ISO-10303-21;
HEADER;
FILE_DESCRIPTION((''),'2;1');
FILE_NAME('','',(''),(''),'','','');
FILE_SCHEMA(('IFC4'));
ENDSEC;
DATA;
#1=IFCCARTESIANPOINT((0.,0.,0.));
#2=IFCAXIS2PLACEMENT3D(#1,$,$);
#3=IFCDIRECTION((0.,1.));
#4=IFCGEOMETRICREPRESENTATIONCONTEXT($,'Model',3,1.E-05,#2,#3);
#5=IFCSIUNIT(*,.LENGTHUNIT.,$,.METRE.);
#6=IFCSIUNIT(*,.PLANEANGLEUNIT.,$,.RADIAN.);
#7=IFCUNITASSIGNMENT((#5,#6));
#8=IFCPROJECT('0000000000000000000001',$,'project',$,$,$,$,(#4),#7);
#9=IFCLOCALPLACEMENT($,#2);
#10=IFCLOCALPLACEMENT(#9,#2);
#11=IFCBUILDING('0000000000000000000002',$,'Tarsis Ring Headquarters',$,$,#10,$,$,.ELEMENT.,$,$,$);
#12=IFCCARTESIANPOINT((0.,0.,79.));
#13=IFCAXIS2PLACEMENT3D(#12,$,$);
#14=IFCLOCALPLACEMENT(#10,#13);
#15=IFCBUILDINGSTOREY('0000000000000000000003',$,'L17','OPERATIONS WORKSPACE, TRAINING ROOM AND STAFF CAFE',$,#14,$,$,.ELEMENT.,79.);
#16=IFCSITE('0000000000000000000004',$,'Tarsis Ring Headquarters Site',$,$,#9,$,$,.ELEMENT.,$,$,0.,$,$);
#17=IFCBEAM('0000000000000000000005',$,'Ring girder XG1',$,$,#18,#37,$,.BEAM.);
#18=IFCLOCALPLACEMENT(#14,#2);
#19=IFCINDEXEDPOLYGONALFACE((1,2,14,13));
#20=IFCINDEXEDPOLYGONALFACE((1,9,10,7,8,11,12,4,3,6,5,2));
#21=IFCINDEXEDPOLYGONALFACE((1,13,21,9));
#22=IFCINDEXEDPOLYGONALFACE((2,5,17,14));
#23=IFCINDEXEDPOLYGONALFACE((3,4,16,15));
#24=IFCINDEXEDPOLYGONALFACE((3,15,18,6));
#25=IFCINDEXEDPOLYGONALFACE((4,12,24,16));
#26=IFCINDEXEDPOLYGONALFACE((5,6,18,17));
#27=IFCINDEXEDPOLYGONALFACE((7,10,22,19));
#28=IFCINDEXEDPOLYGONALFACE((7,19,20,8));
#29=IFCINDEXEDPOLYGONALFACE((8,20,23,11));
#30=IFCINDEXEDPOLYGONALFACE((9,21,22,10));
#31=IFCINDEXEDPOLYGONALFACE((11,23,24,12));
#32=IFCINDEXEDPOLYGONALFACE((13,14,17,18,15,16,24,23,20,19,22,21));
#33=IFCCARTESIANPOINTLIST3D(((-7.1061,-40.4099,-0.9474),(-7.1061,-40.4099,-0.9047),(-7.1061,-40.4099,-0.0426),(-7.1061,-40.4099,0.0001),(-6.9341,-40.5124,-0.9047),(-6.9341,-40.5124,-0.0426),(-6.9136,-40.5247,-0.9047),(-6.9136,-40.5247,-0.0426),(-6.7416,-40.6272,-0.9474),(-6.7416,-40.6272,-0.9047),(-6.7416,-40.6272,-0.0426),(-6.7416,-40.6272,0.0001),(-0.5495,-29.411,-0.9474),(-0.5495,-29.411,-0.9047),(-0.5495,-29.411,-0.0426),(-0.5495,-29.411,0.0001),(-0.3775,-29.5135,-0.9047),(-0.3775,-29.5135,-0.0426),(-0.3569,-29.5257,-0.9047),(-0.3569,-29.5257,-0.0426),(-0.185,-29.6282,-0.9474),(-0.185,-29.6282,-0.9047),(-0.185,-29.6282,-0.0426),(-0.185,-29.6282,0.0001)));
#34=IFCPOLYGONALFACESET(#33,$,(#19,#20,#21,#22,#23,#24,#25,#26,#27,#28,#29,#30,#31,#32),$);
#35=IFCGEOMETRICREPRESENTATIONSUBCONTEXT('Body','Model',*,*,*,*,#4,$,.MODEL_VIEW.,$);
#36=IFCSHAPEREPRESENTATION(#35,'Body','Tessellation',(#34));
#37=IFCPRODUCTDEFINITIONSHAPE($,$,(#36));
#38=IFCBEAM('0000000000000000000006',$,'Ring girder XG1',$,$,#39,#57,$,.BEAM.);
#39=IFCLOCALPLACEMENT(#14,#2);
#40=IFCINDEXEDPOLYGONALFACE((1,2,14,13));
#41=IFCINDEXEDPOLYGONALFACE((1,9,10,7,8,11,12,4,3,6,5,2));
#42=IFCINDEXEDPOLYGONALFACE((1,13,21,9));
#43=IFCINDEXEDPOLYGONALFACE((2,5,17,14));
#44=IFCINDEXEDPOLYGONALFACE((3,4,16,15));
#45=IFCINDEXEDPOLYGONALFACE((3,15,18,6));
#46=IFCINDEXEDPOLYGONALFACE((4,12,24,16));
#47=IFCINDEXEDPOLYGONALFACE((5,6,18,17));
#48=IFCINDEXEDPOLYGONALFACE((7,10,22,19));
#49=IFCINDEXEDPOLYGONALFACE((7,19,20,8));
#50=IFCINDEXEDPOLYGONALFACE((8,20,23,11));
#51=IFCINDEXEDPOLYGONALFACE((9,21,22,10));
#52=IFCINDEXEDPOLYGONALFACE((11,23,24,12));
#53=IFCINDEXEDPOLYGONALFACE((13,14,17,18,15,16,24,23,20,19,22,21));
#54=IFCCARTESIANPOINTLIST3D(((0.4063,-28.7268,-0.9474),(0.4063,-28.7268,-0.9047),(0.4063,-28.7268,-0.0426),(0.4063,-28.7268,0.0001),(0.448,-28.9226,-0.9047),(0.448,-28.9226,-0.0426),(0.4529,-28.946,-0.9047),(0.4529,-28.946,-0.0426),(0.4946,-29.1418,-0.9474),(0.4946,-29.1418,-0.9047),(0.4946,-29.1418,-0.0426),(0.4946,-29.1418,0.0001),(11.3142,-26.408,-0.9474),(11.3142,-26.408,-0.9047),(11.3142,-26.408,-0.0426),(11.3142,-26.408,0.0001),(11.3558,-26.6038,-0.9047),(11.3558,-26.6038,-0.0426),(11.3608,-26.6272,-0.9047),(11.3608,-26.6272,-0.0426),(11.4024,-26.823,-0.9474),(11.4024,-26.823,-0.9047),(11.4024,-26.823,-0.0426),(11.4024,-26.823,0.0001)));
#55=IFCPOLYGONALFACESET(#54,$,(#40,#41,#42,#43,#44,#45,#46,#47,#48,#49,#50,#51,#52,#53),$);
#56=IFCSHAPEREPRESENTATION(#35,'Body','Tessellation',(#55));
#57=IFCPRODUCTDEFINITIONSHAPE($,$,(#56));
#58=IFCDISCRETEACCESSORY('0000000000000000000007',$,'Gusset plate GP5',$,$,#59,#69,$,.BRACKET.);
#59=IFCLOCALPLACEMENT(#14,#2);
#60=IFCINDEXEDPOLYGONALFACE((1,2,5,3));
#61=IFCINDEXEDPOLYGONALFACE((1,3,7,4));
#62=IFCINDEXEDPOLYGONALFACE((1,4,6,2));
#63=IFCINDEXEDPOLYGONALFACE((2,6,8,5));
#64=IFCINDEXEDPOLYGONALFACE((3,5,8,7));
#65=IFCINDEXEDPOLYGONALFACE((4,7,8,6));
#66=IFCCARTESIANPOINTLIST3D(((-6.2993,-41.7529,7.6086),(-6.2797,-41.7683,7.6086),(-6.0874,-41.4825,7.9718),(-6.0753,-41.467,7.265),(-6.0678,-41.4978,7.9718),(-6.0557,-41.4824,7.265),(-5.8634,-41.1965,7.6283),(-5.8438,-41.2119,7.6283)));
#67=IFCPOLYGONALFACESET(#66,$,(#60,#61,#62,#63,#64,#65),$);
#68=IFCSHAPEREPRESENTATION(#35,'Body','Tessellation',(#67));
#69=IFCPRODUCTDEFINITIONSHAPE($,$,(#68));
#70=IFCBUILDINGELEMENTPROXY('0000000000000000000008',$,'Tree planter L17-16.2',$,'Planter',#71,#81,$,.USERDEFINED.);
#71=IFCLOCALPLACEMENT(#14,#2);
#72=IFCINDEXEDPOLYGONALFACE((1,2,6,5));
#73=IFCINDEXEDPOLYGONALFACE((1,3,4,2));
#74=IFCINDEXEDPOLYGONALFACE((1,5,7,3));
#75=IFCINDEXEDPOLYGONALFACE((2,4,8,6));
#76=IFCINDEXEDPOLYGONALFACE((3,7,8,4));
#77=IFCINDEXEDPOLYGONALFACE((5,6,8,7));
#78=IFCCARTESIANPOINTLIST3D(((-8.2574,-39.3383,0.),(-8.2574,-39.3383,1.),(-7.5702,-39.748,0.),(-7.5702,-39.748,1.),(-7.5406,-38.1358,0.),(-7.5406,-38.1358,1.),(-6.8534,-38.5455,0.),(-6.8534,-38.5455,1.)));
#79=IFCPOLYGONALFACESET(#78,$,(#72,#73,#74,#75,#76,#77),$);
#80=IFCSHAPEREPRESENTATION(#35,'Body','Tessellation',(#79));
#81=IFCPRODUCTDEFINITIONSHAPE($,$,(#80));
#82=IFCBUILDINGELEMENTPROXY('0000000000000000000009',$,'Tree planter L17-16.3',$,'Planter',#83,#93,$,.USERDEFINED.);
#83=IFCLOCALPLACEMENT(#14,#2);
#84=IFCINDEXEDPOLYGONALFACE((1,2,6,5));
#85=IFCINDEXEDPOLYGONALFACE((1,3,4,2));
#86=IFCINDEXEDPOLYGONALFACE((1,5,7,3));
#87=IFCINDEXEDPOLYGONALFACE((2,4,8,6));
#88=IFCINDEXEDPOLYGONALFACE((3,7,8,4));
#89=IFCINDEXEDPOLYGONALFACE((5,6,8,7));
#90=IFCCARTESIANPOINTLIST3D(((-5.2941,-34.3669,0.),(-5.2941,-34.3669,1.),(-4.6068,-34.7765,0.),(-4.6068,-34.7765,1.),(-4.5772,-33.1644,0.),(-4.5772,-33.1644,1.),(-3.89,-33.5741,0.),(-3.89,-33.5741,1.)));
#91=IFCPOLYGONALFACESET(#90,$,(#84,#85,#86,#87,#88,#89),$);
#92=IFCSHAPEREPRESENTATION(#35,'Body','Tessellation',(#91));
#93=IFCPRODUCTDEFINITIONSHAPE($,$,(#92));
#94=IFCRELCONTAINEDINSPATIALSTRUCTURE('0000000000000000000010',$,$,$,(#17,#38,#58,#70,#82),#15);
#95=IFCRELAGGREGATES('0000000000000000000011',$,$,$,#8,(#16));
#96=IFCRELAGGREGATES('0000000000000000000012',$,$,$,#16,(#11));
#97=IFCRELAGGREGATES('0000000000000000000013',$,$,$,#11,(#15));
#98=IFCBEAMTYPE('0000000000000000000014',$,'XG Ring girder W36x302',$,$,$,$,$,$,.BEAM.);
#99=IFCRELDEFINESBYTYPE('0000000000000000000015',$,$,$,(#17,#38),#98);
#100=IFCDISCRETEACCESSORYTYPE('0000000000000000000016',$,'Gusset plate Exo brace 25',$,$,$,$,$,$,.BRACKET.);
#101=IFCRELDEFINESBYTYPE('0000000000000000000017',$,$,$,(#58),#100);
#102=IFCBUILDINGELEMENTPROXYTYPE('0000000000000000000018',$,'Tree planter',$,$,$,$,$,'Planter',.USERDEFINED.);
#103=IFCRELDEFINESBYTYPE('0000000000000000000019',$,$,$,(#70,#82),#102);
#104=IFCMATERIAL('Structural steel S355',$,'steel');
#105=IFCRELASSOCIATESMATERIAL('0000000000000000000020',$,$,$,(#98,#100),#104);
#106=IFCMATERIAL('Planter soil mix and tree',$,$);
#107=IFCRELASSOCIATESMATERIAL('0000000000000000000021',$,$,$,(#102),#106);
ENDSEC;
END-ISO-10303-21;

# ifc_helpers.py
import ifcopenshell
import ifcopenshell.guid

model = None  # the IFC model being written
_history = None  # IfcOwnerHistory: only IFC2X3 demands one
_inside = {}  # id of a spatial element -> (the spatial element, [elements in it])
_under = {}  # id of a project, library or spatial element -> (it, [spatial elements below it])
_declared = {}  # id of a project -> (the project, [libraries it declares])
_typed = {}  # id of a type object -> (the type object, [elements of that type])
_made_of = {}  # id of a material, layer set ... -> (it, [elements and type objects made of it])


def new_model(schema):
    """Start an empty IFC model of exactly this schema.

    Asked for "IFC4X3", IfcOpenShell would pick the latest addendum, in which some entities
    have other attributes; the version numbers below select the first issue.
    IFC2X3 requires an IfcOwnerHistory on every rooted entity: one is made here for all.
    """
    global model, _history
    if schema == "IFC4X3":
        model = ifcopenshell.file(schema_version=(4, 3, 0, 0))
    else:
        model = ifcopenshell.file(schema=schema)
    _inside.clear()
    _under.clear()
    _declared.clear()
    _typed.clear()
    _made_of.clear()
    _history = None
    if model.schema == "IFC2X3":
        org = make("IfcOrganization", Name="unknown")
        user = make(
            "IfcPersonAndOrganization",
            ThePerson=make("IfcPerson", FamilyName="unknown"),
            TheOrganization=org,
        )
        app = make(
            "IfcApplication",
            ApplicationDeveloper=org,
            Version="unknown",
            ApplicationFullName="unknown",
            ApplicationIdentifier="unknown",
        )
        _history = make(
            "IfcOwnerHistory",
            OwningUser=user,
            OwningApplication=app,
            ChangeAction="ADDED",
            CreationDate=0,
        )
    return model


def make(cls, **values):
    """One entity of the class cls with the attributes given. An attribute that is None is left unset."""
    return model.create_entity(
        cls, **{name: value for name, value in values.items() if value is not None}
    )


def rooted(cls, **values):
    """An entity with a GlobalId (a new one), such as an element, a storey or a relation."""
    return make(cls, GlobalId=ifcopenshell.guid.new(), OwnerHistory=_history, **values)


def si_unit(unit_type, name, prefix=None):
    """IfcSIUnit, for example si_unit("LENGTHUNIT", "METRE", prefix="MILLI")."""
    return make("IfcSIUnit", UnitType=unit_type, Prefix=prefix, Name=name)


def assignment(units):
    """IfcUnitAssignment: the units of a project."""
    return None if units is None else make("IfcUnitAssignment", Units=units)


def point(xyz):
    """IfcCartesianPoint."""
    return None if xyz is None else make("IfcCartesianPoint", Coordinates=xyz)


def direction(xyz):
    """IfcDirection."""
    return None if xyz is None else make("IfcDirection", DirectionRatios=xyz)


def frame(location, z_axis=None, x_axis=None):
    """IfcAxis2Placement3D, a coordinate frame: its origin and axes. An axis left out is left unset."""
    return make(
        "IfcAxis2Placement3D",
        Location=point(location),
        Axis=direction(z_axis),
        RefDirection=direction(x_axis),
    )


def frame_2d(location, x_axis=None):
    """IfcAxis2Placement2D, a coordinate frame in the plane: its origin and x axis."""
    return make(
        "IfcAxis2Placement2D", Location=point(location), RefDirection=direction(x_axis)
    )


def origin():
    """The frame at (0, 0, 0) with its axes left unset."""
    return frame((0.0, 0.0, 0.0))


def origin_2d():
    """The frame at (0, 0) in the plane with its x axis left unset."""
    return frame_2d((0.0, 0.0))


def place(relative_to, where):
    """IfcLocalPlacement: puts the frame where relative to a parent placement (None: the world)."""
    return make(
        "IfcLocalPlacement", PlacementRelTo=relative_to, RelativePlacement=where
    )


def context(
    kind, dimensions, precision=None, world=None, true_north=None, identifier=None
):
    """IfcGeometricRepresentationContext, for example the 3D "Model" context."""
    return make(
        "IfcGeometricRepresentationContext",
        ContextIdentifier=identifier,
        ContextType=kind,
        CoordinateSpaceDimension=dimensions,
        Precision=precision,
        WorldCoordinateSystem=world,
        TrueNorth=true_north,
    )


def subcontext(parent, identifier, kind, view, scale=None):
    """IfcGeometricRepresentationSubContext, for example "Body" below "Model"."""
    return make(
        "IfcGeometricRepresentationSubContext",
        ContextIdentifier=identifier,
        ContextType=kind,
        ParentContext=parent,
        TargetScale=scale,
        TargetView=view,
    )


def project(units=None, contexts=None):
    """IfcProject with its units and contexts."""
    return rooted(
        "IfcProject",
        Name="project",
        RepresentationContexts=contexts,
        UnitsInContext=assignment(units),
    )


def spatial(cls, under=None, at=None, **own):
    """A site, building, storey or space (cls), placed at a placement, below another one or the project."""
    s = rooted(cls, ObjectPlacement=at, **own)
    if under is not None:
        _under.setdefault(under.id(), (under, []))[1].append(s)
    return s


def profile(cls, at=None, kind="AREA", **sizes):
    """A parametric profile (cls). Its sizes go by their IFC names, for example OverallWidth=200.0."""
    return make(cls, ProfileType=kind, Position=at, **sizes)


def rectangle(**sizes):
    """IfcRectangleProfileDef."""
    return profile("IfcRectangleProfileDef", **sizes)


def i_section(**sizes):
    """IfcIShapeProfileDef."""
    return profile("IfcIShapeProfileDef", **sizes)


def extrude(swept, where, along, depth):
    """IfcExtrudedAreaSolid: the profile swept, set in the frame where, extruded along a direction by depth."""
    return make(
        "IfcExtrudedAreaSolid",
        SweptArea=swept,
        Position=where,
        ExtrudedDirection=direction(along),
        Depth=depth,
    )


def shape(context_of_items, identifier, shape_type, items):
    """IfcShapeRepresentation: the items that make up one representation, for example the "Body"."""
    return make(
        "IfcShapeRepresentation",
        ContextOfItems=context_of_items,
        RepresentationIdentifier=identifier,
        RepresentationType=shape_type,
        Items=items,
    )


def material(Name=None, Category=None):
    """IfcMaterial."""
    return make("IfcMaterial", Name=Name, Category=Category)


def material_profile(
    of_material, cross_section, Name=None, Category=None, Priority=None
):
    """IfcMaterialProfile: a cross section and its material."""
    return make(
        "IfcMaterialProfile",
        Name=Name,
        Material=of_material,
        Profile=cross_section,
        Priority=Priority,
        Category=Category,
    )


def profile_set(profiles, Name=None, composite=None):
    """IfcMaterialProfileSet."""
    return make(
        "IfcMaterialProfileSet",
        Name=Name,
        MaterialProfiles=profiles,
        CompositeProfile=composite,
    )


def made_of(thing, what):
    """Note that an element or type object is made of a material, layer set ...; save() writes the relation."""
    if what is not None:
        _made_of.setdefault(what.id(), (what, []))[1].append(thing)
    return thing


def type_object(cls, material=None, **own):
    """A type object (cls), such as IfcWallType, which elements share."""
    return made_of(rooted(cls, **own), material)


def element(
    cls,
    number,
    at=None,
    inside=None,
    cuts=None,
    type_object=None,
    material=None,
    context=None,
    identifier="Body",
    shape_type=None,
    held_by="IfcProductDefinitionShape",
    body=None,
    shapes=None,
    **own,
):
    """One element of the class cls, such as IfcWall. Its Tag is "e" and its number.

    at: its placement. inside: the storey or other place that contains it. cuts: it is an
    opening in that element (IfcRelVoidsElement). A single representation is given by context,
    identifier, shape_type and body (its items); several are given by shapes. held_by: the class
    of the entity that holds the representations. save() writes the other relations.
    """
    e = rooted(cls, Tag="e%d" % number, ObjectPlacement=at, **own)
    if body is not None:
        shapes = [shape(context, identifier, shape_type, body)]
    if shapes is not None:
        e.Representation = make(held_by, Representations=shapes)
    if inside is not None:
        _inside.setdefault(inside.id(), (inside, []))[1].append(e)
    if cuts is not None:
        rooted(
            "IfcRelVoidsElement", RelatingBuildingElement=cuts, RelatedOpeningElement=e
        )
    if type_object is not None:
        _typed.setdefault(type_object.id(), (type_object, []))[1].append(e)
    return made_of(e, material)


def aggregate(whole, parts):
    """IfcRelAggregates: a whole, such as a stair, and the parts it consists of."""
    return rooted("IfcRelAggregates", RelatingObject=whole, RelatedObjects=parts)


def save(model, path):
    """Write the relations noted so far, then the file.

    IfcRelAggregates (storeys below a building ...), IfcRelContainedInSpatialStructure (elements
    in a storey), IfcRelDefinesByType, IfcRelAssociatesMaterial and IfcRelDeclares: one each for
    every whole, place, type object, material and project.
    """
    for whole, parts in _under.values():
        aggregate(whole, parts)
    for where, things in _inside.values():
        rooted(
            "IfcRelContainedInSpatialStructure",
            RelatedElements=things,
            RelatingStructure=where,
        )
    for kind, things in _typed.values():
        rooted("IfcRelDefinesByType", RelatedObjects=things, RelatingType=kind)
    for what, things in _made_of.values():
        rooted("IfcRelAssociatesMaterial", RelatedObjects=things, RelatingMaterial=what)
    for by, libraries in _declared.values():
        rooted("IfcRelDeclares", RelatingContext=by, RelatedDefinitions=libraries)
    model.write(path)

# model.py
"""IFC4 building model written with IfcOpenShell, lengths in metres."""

from ifc_helpers import new_model, si_unit, direction, frame, origin, origin_2d, place, context, subcontext, project, spatial, rectangle, i_section, extrude, material, material_profile, profile_set, type_object, element, save


model = new_model("IFC4")

# Units and contexts
model_context = context("Model", 3, precision=1e-05, world=origin(), true_north=direction((0.0, 1.0)))
body_context = subcontext(model_context, "Body", "Model", "MODEL_VIEW")
ifc_project = project(units=[si_unit("LENGTHUNIT", "METRE"), si_unit("PLANEANGLEUNIT", "RADIAN")], contexts=[model_context])

# Site, building, storey
site_placement = place(None, origin())
site = spatial("IfcSite", under=ifc_project, at=site_placement, Name="Tarsis Ring Headquarters Site", CompositionType="ELEMENT", RefElevation=0.0)
building_placement = place(site_placement, origin())
building = spatial("IfcBuilding", under=site, at=building_placement, Name="Tarsis Ring Headquarters", CompositionType="ELEMENT")
storey_placement = place(building_placement, frame((0.0, 0.0, 79.0)))
storey = spatial("IfcBuildingStorey", under=building, at=storey_placement, Name="L17", Description="OPERATIONS WORKSPACE, TRAINING ROOM AND STAFF CAFE", CompositionType="ELEMENT", Elevation=79.0)

# Beams
ifc_material_1 = material(Name="Structural steel S355", Category="steel")
ifc_material_profile_1 = material_profile(ifc_material_1, i_section(OverallWidth=0.4243, OverallDepth=0.9475, WebThickness=0.0239, FlangeThickness=0.0427, at=origin_2d()), Name="W36x302")
ifc_profile_set_1 = profile_set([ifc_material_profile_1], Name="Structural steel S355")
beam_type = type_object("IfcBeamType", Name="XG Ring girder W36x302", PredefinedType="BEAM", material=ifc_profile_set_1)
beam_1_placement = place(storey_placement, frame((-6.9238, -40.5186, -0.4736), z_axis=(0.512037, 0.858963, 0.0), x_axis=(-0.858963, 0.512037, 0.0)))
element("IfcBeam", 1, at=beam_1_placement, inside=storey, type_object=beam_type, Name="Ring girder XG1", PredefinedType="BEAM", context=body_context, shape_type="SweptSolid", body=[
    extrude(i_section(OverallWidth=0.4243, OverallDepth=0.9475, WebThickness=0.0239, FlangeThickness=0.0427, at=origin_2d()), origin(), (0.0, 0.0, 1.0), 12.8049),
])
beam_2_placement = place(storey_placement, frame((0.4504, -28.9343, -0.4736), z_axis=(0.978142, 0.207937, 0.0), x_axis=(-0.207937, 0.978142, 0.0)))
element("IfcBeam", 2, at=beam_2_placement, inside=storey, type_object=beam_type, Name="Ring girder XG1", PredefinedType="BEAM", context=body_context, shape_type="SweptSolid", body=[
    extrude(i_section(OverallWidth=0.4243, OverallDepth=0.9475, WebThickness=0.0239, FlangeThickness=0.0427, at=origin_2d()), origin(), (0.0, 0.0, 1.0), 11.1516),
])

# Discrete accessory
ifc_material_profile_2 = material_profile(ifc_material_1, rectangle(XDim=0.0249, YDim=0.5, at=origin_2d()), Name="PL 25x500")
ifc_profile_set_2 = profile_set([ifc_material_profile_2], Name="Structural steel S355")
discrete_accessory_type = type_object("IfcDiscreteAccessoryType", Name="Gusset plate Exo brace 25", PredefinedType="BRACKET", material=ifc_profile_set_2)
discrete_accessory_placement = place(storey_placement, frame((-5.9656, -41.3472, 7.8), z_axis=(-0.423781, -0.540956, -0.726482), x_axis=(0.787205, -0.616691, 0.0)))
element("IfcDiscreteAccessory", 3, at=discrete_accessory_placement, inside=storey, type_object=discrete_accessory_type, Name="Gusset plate GP5", PredefinedType="BRACKET", context=body_context, shape_type="SweptSolid", body=[
    extrude(rectangle(XDim=0.0249, YDim=0.5, at=origin_2d()), origin(), (0.0, 0.0, 1.0), 0.5),
])

# Building element proxies
ifc_material_2 = material(Name="Planter soil mix and tree")
building_element_proxy_type = type_object("IfcBuildingElementProxyType", Name="Tree planter", ElementType="Planter", PredefinedType="USERDEFINED", material=ifc_material_2)
for number, where, z_axis, x_axis, name in (
    (4, (-7.5554, -38.9419, 0.0), (0.0, 0.0, 1.0), (0.512043, 0.85896, 0.0), "Tree planter L17-16.2"),
    (5, (-4.592, -33.9705, 0.0), (0.0, 0.0, 1.0), (0.512043, 0.85896, 0.0), "Tree planter L17-16.3"),
):
    element("IfcBuildingElementProxy", number, at=place(storey_placement, frame(where, z_axis=z_axis, x_axis=x_axis)), inside=storey, type_object=building_element_proxy_type, Name=name, ObjectType="Planter", PredefinedType="USERDEFINED", context=body_context, shape_type="SweptSolid", body=[
        extrude(rectangle(XDim=1.3999, YDim=0.8, at=origin_2d()), origin(), (0.0, 0.0, 1.0), 1.0),
    ])

save(model, "model.ifc")
